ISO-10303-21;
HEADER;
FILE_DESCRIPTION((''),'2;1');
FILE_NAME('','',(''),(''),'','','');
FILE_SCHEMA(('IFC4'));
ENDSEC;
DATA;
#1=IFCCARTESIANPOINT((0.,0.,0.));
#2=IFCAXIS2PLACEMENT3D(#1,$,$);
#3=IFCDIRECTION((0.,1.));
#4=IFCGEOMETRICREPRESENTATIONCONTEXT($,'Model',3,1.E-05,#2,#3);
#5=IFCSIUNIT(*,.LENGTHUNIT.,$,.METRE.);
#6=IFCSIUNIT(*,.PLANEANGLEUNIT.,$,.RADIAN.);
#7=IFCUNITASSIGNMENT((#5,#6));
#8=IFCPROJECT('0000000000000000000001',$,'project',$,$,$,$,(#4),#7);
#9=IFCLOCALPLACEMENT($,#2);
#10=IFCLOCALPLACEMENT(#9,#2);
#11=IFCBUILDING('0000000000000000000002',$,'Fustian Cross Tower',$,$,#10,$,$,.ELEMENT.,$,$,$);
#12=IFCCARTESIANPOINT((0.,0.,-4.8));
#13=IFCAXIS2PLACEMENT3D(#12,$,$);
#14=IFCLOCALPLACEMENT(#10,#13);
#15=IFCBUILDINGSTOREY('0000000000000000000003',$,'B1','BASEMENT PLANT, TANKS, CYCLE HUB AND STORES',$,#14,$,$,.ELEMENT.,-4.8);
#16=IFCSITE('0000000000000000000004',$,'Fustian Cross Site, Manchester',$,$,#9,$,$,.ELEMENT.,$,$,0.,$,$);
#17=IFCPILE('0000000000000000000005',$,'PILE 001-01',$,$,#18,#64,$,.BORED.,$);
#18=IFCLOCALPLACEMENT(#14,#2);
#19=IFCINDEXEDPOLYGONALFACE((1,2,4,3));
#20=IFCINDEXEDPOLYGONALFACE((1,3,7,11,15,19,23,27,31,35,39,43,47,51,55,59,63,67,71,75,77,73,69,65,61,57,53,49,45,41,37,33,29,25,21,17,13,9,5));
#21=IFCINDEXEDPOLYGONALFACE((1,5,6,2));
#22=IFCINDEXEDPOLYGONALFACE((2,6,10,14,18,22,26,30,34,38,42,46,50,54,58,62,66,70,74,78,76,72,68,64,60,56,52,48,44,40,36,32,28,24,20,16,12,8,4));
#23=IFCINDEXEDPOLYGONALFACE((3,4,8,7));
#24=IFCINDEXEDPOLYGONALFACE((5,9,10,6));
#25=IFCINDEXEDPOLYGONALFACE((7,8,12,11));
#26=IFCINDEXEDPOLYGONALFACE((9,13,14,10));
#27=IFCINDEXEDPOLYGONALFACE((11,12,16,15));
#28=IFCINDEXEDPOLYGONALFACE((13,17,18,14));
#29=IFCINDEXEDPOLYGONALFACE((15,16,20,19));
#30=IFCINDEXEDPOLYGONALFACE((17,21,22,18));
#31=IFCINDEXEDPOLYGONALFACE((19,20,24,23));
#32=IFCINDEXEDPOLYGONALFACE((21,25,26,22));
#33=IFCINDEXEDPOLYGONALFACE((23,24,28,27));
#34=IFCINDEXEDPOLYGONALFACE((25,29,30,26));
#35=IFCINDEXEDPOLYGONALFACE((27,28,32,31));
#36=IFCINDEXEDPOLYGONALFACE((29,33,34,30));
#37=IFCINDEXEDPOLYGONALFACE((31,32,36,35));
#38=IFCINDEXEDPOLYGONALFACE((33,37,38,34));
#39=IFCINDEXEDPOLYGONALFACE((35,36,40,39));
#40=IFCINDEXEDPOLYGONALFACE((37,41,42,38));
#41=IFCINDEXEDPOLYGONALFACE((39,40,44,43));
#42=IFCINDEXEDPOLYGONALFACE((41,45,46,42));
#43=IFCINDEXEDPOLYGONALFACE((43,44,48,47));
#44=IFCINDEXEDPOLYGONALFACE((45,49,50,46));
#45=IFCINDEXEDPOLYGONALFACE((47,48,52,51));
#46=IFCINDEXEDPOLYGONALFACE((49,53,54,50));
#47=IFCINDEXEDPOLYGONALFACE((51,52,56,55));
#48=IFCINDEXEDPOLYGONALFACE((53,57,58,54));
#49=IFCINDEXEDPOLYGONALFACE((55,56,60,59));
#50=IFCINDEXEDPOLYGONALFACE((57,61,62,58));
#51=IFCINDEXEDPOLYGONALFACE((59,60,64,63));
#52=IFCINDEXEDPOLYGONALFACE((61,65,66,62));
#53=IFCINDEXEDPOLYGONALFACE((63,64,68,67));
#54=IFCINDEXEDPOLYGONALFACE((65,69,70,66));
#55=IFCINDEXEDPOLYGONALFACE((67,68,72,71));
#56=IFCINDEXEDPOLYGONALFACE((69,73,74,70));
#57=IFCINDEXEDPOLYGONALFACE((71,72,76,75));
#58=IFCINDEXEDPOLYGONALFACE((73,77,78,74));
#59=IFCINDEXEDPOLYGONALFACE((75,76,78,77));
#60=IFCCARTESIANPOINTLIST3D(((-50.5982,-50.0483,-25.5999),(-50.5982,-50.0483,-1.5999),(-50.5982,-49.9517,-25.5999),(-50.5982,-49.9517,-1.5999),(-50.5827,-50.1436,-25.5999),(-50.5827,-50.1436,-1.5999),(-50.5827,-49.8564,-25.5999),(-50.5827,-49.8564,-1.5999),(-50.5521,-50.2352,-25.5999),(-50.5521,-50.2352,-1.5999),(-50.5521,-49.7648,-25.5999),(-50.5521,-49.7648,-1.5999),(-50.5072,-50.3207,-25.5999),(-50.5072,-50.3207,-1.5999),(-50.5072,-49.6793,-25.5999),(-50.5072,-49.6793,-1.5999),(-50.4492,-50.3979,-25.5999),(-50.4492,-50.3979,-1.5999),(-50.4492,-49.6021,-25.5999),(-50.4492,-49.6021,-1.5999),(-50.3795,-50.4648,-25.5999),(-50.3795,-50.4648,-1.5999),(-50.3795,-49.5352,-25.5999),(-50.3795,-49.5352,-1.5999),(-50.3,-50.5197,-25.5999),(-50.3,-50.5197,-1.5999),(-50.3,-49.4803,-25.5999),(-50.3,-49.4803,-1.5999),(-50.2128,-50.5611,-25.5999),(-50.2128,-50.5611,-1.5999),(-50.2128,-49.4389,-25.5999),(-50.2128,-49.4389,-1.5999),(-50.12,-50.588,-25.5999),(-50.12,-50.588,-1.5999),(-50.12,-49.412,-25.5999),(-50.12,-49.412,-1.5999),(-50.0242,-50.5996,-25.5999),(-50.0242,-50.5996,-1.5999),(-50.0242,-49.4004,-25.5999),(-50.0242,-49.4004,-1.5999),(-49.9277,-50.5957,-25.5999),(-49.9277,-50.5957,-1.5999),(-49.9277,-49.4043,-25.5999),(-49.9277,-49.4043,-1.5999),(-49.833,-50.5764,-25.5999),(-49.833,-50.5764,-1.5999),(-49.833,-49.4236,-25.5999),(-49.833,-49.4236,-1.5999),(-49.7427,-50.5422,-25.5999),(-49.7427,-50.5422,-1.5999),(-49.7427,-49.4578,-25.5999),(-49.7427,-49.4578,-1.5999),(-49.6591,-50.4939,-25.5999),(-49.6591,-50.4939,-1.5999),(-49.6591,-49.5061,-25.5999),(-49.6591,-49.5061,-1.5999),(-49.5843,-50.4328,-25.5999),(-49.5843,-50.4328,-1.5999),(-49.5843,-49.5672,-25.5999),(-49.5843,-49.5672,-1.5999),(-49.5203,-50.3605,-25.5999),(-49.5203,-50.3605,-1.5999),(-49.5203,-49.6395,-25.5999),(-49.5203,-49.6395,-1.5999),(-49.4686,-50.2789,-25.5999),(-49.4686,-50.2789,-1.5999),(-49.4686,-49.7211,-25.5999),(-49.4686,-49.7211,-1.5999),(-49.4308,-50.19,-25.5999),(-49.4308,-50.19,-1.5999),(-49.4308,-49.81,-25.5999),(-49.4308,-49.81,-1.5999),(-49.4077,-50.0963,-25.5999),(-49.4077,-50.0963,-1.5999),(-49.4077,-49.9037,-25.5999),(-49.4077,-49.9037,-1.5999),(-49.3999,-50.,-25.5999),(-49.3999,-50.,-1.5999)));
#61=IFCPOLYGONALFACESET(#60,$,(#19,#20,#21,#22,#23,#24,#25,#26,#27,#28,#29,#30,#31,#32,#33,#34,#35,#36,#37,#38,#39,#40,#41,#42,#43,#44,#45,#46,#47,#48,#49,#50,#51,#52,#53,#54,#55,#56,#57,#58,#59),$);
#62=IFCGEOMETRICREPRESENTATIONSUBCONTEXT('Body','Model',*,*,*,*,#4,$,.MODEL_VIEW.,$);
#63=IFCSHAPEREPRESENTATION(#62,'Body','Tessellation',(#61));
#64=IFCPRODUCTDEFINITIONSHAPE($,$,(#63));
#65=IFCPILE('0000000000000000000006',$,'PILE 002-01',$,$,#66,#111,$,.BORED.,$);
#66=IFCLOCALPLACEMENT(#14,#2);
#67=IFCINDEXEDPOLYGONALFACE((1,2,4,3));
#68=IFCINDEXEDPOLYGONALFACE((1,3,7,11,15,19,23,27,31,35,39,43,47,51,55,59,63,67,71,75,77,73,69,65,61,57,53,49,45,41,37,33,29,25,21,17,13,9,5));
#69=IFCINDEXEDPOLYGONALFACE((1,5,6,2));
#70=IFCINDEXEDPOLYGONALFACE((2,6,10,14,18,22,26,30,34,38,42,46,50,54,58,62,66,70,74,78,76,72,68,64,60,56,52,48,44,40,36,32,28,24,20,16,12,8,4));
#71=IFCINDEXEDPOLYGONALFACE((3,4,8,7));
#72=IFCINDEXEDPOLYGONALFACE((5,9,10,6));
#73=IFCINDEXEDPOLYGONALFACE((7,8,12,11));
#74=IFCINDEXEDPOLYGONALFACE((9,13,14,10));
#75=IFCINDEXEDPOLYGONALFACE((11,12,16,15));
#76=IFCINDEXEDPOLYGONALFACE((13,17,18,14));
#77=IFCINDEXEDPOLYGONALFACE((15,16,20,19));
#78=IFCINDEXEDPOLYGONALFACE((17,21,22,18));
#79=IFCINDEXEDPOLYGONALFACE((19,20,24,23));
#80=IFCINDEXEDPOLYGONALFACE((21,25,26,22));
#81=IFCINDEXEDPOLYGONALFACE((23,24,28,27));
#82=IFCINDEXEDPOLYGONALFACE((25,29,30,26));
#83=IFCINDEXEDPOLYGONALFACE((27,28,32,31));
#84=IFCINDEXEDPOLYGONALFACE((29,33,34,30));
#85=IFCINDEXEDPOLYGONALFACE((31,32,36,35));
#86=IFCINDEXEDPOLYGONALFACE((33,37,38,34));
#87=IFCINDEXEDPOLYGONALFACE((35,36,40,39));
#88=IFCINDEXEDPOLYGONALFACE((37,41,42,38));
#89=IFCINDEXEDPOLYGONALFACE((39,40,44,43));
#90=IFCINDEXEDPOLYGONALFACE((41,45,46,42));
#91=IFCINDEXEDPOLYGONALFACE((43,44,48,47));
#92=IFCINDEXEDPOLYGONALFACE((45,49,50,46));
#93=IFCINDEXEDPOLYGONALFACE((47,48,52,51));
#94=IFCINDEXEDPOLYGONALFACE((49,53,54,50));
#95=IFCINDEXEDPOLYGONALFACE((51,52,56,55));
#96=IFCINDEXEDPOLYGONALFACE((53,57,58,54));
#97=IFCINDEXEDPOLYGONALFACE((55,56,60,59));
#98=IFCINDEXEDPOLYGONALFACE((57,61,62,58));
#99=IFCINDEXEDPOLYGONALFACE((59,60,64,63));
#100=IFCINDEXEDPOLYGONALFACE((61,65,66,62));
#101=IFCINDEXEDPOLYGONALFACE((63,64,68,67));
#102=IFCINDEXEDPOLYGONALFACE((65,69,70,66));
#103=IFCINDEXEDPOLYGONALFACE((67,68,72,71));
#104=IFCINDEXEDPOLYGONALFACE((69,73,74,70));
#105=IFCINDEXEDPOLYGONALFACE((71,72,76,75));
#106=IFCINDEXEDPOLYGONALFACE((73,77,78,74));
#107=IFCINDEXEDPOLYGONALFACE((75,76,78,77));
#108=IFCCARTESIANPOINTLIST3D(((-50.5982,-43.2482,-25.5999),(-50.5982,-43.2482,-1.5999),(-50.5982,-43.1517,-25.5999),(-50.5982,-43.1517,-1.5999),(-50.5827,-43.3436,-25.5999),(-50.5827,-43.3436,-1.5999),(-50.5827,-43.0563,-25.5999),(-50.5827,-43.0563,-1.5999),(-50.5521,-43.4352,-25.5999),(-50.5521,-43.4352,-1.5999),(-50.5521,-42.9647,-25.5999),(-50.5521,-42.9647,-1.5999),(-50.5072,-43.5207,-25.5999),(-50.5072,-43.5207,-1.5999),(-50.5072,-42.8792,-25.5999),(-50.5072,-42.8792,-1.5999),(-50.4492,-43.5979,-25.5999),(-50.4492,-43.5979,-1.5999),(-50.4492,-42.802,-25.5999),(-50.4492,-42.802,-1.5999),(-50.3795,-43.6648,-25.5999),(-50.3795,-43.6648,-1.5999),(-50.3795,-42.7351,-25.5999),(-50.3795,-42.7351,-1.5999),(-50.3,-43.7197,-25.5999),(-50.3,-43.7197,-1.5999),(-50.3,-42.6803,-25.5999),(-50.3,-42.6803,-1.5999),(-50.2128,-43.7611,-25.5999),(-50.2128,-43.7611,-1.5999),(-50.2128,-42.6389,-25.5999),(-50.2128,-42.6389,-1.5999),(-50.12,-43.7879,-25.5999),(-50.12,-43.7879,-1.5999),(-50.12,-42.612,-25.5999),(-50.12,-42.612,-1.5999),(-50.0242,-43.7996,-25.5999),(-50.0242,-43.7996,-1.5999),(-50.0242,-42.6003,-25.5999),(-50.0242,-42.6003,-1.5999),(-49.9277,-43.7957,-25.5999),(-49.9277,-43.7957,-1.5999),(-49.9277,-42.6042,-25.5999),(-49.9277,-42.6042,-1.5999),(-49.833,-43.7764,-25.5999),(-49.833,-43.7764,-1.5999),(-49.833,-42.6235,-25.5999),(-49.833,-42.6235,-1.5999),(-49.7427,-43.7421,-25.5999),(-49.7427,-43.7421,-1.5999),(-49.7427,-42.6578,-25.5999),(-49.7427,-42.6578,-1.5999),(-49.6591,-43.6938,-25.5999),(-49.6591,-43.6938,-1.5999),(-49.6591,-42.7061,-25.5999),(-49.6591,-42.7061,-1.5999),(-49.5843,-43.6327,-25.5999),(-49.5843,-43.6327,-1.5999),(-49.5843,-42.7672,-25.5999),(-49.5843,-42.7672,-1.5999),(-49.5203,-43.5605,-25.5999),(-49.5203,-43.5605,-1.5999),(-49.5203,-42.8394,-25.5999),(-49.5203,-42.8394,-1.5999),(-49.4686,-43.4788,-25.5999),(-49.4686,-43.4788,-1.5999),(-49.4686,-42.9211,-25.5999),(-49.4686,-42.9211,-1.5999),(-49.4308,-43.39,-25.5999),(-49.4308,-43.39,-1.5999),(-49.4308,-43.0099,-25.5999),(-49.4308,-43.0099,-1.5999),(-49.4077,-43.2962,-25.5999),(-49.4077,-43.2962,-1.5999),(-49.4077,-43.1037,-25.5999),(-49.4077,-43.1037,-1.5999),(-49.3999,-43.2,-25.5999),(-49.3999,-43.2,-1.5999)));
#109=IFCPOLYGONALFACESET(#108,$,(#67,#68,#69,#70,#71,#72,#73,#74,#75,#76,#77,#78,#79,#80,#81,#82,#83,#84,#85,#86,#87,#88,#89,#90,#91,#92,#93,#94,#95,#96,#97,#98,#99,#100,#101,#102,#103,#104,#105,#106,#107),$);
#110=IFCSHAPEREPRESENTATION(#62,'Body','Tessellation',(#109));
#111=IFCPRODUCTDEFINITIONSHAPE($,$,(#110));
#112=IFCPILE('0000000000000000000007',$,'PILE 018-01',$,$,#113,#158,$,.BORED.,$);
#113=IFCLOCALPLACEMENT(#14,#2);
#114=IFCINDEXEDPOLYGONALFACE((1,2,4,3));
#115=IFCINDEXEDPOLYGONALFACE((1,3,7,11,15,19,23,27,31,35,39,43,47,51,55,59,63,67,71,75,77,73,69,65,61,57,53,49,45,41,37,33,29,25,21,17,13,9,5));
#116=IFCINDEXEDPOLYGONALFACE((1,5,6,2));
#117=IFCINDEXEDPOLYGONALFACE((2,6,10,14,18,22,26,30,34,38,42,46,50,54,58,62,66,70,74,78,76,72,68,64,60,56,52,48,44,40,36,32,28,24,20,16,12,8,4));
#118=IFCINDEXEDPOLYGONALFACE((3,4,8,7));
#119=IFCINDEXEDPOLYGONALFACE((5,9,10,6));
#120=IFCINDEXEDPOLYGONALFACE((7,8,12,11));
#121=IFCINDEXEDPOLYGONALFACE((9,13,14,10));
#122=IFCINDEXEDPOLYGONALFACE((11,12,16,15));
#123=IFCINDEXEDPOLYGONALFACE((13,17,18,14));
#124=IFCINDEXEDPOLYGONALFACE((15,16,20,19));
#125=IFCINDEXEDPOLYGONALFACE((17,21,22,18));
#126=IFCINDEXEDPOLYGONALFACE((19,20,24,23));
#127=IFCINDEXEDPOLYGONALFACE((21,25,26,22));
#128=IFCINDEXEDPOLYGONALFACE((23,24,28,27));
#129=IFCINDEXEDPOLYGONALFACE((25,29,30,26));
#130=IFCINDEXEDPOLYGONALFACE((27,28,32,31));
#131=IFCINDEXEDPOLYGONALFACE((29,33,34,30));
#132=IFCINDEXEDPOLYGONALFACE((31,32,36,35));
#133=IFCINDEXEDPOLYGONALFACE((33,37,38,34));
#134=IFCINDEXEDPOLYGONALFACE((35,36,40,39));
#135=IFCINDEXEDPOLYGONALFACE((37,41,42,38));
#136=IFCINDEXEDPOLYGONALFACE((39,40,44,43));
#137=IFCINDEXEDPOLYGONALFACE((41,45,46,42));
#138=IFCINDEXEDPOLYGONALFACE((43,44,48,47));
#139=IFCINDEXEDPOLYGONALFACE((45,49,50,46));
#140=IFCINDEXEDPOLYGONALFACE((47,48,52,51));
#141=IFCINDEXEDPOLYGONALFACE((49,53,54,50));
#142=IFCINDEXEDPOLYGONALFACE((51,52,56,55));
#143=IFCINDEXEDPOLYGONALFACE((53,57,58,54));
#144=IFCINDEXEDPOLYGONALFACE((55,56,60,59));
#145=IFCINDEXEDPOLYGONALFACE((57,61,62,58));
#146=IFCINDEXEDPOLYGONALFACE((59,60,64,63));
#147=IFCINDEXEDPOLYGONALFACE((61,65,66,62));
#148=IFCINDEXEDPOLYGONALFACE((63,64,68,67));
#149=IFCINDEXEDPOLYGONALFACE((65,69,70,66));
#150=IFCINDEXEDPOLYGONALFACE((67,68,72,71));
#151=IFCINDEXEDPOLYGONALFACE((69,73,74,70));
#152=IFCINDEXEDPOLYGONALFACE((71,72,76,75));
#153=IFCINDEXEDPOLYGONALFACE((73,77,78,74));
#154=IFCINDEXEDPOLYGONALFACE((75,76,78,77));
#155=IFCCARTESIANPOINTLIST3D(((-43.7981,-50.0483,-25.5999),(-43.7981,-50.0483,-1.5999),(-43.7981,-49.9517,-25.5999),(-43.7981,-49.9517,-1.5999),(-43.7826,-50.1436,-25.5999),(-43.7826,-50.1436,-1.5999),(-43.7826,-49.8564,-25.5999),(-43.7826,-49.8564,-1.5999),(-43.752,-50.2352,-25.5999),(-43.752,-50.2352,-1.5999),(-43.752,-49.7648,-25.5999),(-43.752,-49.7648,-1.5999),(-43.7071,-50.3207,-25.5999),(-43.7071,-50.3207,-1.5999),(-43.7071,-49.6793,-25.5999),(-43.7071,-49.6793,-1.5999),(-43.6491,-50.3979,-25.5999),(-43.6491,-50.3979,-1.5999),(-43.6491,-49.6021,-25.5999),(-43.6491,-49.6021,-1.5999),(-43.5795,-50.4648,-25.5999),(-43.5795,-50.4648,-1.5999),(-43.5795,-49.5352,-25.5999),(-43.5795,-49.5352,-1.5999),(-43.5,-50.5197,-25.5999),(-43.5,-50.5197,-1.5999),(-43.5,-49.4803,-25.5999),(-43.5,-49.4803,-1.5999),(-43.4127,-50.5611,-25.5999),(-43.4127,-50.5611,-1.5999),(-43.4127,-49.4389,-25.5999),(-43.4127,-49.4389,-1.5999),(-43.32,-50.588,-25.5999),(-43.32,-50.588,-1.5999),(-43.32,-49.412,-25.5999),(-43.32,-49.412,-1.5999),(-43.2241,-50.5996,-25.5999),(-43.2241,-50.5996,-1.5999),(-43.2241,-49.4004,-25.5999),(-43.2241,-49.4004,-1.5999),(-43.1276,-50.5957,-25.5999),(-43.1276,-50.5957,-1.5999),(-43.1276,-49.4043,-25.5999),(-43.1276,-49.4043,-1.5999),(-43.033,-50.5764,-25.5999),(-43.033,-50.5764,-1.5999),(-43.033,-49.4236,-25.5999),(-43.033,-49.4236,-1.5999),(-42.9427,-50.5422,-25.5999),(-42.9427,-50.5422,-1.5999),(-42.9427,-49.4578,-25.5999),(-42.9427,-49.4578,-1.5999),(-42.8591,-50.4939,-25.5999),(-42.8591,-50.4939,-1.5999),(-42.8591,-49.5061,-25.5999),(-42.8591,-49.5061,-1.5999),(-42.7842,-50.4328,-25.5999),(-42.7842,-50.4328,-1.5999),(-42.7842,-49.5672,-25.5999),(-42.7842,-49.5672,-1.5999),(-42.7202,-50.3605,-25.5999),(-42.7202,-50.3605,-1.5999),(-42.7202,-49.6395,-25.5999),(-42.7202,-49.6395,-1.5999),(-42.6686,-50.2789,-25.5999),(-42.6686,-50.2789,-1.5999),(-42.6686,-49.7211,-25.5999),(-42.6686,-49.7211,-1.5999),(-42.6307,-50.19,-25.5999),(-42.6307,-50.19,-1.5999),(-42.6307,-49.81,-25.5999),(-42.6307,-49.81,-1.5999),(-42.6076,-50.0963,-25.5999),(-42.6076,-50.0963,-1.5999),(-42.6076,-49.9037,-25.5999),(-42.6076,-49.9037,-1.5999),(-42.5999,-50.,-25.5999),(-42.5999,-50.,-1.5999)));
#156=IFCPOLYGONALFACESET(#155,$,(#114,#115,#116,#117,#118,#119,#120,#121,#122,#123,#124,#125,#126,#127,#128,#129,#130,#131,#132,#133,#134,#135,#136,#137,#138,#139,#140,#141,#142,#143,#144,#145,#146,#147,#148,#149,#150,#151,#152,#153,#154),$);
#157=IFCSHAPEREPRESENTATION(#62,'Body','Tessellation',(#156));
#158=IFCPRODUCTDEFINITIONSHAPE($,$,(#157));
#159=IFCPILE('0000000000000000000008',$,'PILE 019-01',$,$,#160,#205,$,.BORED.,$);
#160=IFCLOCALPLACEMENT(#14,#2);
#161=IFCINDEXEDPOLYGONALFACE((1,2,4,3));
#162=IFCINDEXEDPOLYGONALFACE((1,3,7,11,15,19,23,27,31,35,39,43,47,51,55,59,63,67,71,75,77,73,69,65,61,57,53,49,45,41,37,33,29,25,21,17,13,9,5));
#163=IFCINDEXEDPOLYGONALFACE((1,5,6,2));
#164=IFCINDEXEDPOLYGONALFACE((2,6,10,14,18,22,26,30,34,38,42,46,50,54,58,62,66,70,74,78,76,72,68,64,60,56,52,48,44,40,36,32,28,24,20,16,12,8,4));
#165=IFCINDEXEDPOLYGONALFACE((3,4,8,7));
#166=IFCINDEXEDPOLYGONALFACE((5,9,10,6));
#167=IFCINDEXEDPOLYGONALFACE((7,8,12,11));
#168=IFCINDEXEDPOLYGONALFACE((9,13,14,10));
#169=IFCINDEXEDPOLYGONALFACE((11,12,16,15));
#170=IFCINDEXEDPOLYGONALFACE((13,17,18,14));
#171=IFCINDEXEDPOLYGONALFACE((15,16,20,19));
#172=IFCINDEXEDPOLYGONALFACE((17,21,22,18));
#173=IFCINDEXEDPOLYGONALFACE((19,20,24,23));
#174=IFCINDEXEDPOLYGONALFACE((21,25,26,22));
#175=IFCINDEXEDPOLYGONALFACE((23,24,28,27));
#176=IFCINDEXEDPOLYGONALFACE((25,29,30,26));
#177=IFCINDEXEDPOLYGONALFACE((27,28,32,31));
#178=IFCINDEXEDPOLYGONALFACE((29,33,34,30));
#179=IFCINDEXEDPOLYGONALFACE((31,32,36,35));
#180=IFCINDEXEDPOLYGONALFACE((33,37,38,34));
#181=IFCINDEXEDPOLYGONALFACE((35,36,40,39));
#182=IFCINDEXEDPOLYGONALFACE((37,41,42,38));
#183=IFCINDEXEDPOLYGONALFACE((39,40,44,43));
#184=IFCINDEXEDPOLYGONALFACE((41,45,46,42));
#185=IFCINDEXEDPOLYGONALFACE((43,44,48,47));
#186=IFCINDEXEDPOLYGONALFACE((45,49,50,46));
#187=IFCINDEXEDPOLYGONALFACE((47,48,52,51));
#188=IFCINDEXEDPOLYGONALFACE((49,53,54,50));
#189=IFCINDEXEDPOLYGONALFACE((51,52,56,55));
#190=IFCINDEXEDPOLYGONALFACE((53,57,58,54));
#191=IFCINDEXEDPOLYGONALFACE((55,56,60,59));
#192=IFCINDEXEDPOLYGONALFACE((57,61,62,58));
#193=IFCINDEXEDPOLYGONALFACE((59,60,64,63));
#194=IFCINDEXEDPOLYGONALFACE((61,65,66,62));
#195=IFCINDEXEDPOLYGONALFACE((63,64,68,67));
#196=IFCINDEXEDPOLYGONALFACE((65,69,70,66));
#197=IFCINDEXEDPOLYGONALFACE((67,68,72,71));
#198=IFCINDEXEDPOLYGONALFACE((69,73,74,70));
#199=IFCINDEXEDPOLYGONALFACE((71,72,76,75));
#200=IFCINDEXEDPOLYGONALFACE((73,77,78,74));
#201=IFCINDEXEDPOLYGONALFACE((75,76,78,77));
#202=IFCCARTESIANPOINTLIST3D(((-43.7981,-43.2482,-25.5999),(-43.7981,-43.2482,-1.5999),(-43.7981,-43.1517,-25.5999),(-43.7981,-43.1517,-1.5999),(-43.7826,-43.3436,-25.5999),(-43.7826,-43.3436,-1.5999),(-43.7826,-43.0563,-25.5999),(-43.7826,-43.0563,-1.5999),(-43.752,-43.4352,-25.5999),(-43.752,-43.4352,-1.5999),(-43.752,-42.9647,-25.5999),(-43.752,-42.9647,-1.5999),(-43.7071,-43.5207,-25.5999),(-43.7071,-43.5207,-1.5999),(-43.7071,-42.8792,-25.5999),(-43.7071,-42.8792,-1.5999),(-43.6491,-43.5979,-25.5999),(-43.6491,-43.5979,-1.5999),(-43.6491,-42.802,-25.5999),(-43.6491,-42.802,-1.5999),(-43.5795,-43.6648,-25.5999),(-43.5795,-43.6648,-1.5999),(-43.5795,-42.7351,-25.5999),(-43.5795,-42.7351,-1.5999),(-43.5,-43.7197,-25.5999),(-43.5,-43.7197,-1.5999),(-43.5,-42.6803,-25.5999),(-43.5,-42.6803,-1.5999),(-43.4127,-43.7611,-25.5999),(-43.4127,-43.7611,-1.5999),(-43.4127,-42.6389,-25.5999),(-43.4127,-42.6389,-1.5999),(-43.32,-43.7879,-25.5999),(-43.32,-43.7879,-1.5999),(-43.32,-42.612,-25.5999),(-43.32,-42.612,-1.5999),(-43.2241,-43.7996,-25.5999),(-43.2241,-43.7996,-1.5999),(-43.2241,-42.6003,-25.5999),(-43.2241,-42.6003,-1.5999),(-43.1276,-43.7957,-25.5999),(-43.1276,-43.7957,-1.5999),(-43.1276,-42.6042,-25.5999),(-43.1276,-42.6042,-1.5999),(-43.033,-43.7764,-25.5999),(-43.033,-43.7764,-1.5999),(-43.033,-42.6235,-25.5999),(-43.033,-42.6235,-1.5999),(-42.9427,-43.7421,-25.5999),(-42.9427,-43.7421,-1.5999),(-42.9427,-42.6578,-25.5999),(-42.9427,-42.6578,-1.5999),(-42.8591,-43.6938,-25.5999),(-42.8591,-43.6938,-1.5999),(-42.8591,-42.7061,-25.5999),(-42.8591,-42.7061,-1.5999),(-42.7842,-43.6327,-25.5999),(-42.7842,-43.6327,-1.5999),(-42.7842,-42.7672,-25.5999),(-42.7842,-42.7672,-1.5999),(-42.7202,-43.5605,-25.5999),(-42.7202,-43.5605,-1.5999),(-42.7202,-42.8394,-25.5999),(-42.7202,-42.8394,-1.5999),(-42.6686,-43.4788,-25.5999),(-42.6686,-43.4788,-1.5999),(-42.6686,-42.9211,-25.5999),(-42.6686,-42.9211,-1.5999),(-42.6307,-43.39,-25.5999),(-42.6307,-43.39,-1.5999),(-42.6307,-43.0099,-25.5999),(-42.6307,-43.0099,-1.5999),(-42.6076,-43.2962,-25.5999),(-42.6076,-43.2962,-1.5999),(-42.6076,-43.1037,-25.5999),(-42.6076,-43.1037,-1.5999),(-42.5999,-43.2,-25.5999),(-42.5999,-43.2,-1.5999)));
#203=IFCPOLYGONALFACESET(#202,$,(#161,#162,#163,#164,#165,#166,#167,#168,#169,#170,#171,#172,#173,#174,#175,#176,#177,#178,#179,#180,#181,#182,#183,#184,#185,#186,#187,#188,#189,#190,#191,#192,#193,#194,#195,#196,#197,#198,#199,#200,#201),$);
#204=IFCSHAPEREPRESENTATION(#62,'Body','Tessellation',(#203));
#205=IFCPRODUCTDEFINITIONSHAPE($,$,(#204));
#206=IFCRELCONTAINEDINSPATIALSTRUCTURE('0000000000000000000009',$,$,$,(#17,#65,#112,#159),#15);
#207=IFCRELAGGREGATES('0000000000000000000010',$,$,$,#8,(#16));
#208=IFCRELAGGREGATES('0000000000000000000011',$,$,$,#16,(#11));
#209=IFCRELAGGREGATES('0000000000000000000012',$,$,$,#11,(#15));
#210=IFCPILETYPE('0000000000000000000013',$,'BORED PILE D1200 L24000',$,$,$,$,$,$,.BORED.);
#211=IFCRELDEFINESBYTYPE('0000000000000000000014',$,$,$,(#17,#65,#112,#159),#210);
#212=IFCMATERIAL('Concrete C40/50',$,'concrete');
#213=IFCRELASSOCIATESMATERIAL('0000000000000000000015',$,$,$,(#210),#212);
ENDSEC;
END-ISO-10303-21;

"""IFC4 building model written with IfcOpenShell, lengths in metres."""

from ifc_helpers import new_model, si_unit, direction, frame, origin, origin_2d, place, context, subcontext, project, spatial, circle, extrude, material, material_profile, profile_set, type_object, element, save


model = new_model("IFC4")

# Units and contexts
model_context = context("Model", 3, precision=1e-05, world=origin(), true_north=direction((0.0, 1.0)))
body_context = subcontext(model_context, "Body", "Model", "MODEL_VIEW")
ifc_project = project(units=[si_unit("LENGTHUNIT", "METRE"), si_unit("PLANEANGLEUNIT", "RADIAN")], contexts=[model_context])

# Site, building, storey
site_placement = place(None, origin())
site = spatial("IfcSite", under=ifc_project, at=site_placement, Name="Fustian Cross Site, Manchester", CompositionType="ELEMENT", RefElevation=0.0)
building_placement = place(site_placement, origin())
building = spatial("IfcBuilding", under=site, at=building_placement, Name="Fustian Cross Tower", CompositionType="ELEMENT")
storey_placement = place(building_placement, frame((0.0, 0.0, -4.8)))
storey = spatial("IfcBuildingStorey", under=building, at=storey_placement, Name="B1", Description="BASEMENT PLANT, TANKS, CYCLE HUB AND STORES", CompositionType="ELEMENT", Elevation=-4.8)

# Piles
ifc_material_1 = material(Name="Concrete C40/50", Category="concrete")
ifc_material_profile_1 = material_profile(ifc_material_1, circle(Radius=0.6001, at=origin_2d()), Name="BORED PILE D1200 L24000")
ifc_profile_set_1 = profile_set([ifc_material_profile_1], Name="Concrete C40/50")
pile_type = type_object("IfcPileType", Name="BORED PILE D1200 L24000", PredefinedType="BORED", material=ifc_profile_set_1)
for number, where, z_axis, x_axis, name in (
    (1, (-50.0, -50.0, -1.5999), (0.0, 0.0, -1.0), (1.0, 0.0, 0.0), "PILE 001-01"),
    (2, (-50.0, -43.2, -1.5999), (0.0, 0.0, -1.0), (1.0, 0.0, 0.0), "PILE 002-01"),
    (3, (-43.2, -50.0, -1.5999), (0.0, 0.0, -1.0), (1.0, 0.0, 0.0), "PILE 018-01"),
    (4, (-43.2, -43.2, -1.5999), (0.0, 0.0, -1.0), (1.0, 0.0, 0.0), "PILE 019-01"),
):
    element("IfcPile", number, at=place(storey_placement, frame(where, z_axis=z_axis, x_axis=x_axis)), inside=storey, type_object=pile_type, Name=name, PredefinedType="BORED", context=body_context, shape_type="SweptSolid", body=[
        extrude(circle(Radius=0.6001, at=origin_2d()), origin(), (0.0, 0.0, 1.0), 24.0),
    ])

save(model, "model.ifc")
